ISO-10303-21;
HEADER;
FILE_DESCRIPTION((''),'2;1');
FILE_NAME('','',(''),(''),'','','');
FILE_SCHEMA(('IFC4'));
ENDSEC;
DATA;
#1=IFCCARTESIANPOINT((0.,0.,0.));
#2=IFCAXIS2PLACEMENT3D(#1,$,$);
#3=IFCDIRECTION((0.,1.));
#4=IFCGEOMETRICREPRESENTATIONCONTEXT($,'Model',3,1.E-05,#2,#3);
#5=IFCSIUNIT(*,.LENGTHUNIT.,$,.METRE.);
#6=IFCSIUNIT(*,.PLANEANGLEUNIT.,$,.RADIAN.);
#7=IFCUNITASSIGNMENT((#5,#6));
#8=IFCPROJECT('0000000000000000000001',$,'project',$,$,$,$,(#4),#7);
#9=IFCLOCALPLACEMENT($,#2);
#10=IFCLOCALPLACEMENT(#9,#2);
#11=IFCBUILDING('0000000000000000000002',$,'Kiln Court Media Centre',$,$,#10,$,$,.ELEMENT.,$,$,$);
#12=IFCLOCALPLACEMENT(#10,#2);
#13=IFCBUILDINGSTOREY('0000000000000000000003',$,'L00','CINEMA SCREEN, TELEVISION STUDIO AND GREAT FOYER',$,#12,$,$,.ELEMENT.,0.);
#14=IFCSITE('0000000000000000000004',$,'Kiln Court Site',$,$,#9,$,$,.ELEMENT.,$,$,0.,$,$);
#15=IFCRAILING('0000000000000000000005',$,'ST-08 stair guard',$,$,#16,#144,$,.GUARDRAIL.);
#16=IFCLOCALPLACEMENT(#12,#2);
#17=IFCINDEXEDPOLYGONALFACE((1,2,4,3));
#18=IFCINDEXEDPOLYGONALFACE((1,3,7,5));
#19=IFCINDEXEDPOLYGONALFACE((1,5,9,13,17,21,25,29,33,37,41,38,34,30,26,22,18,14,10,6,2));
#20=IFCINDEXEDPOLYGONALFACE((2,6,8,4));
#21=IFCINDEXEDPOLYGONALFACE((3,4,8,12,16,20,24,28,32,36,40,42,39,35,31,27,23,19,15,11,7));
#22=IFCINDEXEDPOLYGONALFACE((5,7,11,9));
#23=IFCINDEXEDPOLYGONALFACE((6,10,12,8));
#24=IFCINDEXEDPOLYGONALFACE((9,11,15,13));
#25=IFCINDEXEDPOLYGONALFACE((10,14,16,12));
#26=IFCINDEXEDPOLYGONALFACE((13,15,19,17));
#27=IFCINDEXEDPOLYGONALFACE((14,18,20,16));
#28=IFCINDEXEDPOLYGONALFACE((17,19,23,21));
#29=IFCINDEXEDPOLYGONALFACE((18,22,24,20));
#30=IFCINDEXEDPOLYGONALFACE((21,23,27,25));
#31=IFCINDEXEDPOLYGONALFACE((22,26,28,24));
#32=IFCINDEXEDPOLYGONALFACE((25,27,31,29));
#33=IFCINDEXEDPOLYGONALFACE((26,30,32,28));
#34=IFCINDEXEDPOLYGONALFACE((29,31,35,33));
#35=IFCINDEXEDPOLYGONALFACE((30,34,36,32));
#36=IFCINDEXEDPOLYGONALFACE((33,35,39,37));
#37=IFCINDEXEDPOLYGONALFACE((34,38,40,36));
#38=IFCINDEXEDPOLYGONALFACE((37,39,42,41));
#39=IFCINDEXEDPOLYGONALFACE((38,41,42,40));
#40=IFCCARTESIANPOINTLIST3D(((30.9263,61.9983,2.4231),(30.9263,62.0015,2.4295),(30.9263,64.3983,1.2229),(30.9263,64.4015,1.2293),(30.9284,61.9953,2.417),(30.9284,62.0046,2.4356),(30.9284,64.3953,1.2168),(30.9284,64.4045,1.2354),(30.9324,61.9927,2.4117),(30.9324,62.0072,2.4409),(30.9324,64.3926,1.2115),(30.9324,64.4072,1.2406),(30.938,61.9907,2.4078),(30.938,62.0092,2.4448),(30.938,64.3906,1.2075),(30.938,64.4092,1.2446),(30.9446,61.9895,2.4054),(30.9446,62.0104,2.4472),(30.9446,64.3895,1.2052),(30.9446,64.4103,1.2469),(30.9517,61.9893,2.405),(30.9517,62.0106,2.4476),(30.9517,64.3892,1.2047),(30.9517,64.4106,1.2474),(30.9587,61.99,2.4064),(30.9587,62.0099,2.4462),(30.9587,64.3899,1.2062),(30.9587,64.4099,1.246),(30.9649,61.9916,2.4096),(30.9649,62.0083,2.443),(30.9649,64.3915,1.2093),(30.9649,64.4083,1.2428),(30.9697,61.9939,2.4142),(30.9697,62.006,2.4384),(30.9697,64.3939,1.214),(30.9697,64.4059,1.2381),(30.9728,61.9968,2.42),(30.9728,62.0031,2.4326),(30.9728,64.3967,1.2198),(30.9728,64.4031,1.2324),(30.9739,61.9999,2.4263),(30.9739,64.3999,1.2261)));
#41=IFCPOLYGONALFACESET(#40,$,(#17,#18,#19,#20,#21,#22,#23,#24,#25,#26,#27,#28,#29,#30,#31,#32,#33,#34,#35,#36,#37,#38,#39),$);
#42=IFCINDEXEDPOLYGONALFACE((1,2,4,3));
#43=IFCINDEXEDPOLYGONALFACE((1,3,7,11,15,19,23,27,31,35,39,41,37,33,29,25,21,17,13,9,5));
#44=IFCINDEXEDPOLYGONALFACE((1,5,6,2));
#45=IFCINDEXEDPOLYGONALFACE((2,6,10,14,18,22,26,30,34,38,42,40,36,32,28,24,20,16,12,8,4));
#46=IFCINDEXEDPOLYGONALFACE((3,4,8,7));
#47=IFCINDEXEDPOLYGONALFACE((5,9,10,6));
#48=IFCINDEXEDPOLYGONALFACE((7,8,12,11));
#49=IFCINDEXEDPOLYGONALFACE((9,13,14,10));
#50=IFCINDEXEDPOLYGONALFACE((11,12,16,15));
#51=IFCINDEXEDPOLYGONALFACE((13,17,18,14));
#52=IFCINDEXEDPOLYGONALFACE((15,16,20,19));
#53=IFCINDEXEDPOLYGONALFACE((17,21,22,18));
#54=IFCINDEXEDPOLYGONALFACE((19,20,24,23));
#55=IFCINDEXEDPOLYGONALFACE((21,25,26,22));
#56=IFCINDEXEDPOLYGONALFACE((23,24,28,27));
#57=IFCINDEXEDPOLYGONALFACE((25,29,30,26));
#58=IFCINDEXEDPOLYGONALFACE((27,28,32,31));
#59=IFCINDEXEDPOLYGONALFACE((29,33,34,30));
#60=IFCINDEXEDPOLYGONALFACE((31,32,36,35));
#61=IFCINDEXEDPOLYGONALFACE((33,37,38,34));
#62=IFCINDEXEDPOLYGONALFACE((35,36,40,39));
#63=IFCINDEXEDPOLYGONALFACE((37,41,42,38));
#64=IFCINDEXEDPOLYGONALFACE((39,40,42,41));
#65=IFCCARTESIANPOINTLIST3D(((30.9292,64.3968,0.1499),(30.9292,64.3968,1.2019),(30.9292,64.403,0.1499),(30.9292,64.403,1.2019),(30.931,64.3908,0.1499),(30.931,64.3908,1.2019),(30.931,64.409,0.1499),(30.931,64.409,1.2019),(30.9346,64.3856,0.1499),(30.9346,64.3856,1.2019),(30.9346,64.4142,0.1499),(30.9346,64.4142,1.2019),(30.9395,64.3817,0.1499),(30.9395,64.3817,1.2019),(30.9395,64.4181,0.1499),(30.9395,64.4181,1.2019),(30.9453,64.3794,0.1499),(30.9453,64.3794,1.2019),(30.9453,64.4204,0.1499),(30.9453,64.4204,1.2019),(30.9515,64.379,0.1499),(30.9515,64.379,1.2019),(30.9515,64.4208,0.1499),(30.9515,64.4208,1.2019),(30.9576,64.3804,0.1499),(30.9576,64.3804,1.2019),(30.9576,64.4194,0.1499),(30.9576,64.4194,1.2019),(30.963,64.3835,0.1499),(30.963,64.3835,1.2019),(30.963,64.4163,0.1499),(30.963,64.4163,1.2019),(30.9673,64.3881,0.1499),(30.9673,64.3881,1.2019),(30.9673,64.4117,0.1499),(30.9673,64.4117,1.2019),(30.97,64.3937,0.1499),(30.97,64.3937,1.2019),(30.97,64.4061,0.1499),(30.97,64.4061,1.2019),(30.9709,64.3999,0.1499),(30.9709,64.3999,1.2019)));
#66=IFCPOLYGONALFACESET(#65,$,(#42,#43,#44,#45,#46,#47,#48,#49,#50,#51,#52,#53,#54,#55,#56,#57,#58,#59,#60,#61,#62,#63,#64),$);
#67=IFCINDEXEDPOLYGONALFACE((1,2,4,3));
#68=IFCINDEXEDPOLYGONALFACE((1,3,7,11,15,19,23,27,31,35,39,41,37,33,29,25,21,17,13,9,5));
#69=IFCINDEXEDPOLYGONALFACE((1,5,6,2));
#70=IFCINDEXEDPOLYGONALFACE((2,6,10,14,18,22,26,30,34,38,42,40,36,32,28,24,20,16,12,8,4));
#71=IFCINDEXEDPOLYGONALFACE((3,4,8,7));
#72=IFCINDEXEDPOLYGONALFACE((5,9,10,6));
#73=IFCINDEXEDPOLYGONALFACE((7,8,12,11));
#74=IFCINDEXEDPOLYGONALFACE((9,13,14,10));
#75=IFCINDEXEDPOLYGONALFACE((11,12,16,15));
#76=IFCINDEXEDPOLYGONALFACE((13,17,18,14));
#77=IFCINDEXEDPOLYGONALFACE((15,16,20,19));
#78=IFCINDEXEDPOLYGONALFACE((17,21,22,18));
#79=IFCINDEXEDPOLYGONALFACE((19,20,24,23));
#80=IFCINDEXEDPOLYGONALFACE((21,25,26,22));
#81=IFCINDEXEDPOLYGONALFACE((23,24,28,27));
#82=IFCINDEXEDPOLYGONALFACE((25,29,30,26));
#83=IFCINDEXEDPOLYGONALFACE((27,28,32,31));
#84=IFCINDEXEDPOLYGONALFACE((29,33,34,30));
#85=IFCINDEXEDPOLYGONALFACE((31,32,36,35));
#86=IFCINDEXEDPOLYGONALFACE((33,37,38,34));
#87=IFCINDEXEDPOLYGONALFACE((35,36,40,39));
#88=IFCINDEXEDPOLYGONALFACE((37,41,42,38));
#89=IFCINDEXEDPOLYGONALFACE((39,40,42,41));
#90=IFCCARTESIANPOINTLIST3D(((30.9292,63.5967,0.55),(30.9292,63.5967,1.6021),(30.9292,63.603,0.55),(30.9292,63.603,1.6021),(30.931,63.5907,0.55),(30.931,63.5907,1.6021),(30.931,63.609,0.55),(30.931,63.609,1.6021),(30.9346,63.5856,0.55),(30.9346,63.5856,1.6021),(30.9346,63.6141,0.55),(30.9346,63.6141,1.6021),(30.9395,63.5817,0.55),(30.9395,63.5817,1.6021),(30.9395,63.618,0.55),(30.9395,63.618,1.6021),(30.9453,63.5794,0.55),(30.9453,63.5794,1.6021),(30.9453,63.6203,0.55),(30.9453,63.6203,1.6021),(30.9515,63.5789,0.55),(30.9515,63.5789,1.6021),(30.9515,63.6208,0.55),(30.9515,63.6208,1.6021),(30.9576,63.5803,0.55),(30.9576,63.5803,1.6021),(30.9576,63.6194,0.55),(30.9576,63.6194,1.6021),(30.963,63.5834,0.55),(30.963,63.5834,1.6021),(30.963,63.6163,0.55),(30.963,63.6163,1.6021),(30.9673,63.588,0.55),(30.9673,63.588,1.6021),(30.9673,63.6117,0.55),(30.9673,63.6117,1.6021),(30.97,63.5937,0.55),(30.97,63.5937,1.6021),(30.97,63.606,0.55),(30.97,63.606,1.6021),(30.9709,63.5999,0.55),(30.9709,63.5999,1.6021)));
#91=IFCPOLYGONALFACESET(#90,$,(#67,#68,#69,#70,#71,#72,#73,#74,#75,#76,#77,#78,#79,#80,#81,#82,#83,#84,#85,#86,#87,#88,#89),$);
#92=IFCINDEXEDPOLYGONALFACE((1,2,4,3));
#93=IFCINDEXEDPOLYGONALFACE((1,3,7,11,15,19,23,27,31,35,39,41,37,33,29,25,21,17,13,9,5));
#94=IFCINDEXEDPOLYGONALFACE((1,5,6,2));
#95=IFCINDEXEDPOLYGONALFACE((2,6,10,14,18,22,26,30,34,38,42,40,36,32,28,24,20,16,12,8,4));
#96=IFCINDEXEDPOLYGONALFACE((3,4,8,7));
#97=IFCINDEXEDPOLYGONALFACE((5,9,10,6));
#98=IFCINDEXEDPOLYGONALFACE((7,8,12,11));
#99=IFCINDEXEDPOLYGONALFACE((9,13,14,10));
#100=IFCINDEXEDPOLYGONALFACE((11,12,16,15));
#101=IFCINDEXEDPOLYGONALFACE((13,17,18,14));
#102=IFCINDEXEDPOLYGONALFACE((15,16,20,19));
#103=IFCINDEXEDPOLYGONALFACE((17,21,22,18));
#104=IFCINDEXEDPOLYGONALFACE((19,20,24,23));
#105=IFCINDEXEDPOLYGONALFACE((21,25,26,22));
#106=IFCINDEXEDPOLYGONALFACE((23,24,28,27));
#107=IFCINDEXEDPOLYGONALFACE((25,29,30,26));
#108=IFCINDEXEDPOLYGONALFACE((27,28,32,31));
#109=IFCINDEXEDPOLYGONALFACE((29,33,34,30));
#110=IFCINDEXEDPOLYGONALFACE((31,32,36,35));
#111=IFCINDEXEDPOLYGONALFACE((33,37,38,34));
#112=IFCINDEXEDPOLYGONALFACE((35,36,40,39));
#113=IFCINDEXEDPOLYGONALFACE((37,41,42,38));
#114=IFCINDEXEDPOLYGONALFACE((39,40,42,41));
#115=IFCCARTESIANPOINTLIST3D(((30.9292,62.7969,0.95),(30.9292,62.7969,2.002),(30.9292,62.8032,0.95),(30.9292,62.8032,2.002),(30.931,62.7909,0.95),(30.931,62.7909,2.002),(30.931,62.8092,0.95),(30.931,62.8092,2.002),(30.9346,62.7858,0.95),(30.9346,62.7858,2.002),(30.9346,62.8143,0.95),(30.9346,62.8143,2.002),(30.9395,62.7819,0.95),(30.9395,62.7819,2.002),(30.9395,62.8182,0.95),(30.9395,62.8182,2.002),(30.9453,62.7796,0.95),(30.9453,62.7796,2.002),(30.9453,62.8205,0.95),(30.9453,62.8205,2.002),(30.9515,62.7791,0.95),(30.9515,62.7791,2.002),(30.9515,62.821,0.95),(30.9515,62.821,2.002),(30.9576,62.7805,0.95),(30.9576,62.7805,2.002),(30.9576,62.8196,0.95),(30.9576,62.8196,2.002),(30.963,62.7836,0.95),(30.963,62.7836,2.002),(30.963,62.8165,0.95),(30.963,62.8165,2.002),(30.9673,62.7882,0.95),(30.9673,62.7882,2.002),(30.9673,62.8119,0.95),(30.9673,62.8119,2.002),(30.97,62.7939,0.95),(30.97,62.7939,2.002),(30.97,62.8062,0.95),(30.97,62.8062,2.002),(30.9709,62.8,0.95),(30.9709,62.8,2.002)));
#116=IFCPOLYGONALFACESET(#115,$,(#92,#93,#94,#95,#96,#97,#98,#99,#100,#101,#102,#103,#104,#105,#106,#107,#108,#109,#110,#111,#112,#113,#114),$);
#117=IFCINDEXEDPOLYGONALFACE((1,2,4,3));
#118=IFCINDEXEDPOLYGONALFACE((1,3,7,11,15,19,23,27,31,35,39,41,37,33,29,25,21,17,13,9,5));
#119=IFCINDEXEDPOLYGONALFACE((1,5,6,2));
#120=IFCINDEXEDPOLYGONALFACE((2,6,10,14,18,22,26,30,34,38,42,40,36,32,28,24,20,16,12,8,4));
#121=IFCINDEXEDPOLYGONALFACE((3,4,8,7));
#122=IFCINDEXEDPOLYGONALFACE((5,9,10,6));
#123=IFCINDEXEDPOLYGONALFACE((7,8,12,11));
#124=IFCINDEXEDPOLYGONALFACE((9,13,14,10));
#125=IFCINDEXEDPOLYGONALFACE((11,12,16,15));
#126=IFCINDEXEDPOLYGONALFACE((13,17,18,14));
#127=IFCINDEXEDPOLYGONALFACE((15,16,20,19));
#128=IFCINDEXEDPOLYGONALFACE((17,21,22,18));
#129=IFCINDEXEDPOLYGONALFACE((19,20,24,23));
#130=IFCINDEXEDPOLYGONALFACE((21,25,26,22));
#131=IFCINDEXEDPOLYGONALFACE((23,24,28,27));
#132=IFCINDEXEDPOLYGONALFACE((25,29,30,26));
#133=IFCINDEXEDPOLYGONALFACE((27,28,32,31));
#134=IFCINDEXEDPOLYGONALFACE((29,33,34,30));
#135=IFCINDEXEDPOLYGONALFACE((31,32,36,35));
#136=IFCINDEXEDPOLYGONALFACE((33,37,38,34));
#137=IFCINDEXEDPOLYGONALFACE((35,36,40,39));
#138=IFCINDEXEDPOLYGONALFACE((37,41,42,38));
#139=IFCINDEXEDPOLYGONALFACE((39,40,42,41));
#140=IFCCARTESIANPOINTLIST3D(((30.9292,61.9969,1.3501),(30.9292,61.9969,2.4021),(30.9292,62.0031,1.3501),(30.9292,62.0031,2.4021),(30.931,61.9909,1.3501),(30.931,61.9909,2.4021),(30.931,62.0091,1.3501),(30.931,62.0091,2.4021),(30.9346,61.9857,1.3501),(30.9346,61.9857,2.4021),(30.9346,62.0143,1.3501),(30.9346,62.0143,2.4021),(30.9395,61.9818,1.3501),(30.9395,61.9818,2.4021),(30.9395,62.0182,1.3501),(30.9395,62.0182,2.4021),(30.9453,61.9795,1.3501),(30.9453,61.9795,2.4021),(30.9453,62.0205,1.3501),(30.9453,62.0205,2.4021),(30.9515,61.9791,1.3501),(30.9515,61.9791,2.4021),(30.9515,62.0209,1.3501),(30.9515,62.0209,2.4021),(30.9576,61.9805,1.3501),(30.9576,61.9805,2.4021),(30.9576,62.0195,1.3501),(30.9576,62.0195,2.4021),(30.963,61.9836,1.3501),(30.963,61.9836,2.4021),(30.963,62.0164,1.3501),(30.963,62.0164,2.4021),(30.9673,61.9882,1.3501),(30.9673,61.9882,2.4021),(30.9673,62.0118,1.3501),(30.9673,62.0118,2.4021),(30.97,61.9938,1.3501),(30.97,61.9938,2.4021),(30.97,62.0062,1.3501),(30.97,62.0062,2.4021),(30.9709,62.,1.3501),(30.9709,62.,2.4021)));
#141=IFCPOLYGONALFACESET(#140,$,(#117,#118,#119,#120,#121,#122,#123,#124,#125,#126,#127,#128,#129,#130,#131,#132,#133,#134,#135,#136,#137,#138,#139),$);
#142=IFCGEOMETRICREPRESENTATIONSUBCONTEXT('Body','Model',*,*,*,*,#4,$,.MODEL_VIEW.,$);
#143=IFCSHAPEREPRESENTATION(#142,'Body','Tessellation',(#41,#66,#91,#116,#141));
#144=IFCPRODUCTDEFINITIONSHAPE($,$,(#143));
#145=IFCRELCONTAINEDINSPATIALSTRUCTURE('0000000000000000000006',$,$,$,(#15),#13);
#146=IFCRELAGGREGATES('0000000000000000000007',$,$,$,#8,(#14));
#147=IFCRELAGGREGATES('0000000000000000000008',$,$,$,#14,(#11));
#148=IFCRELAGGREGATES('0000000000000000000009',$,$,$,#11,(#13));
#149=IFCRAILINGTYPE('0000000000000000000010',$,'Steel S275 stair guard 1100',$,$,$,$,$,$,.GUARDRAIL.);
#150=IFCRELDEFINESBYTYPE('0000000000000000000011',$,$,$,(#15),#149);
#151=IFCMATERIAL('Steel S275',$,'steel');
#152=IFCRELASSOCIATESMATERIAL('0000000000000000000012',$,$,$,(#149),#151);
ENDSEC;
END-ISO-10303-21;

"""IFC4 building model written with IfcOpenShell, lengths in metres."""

from ifc_helpers import new_model, si_unit, direction, frame, origin, origin_2d, place, context, subcontext, project, spatial, circle, extrude, material, type_object, element, save


model = new_model("IFC4")

# Units and contexts
model_context = context("Model", 3, precision=1e-05, world=origin(), true_north=direction((0.0, 1.0)))
body_context = subcontext(model_context, "Body", "Model", "MODEL_VIEW")
ifc_project = project(units=[si_unit("LENGTHUNIT", "METRE"), si_unit("PLANEANGLEUNIT", "RADIAN")], contexts=[model_context])

# Site, building, storey
site_placement = place(None, origin())
site = spatial("IfcSite", under=ifc_project, at=site_placement, Name="Kiln Court Site", CompositionType="ELEMENT", RefElevation=0.0)
building_placement = place(site_placement, origin())
building = spatial("IfcBuilding", under=site, at=building_placement, Name="Kiln Court Media Centre", CompositionType="ELEMENT")
storey_placement = place(building_placement, origin())
storey = spatial("IfcBuildingStorey", under=building, at=storey_placement, Name="L00", Description="CINEMA SCREEN, TELEVISION STUDIO AND GREAT FOYER", CompositionType="ELEMENT", Elevation=0.0)

# Railing
ifc_material_1 = material(Name="Steel S275", Category="steel")
railing_type_1 = type_object("IfcRailingType", Name="Steel S275 stair guard 1100", PredefinedType="GUARDRAIL", material=ifc_material_1)
railing_1_placement = place(storey_placement, frame((30.95, 64.3999, 0.1499)))
element("IfcRailing", 1, at=railing_1_placement, inside=storey, type_object=railing_type_1, Name="ST-08 stair guard", PredefinedType="GUARDRAIL", context=body_context, shape_type="SweptSolid", body=[
    extrude(circle(Radius=0.0239, at=origin_2d()), frame((0.0, 0.0, 1.0762), z_axis=(0.0, -0.894391, 0.447286), x_axis=(1.0, 0.0, 0.0)), (0.0, 0.0, 1.0), 2.6833),
    extrude(circle(Radius=0.021, at=origin_2d()), origin(), (0.0, 0.0, 1.0), 1.052),
    extrude(circle(Radius=0.021, at=origin_2d()), frame((0.0, -0.8, 0.4001)), (0.0, 0.0, 1.0), 1.052),
    extrude(circle(Radius=0.021, at=origin_2d()), frame((0.0, -1.5999, 0.8)), (0.0, 0.0, 1.0), 1.052),
    extrude(circle(Radius=0.021, at=origin_2d()), frame((0.0, -2.3999, 1.2002)), (0.0, 0.0, 1.0), 1.052),
])

save(model, "model.ifc")
